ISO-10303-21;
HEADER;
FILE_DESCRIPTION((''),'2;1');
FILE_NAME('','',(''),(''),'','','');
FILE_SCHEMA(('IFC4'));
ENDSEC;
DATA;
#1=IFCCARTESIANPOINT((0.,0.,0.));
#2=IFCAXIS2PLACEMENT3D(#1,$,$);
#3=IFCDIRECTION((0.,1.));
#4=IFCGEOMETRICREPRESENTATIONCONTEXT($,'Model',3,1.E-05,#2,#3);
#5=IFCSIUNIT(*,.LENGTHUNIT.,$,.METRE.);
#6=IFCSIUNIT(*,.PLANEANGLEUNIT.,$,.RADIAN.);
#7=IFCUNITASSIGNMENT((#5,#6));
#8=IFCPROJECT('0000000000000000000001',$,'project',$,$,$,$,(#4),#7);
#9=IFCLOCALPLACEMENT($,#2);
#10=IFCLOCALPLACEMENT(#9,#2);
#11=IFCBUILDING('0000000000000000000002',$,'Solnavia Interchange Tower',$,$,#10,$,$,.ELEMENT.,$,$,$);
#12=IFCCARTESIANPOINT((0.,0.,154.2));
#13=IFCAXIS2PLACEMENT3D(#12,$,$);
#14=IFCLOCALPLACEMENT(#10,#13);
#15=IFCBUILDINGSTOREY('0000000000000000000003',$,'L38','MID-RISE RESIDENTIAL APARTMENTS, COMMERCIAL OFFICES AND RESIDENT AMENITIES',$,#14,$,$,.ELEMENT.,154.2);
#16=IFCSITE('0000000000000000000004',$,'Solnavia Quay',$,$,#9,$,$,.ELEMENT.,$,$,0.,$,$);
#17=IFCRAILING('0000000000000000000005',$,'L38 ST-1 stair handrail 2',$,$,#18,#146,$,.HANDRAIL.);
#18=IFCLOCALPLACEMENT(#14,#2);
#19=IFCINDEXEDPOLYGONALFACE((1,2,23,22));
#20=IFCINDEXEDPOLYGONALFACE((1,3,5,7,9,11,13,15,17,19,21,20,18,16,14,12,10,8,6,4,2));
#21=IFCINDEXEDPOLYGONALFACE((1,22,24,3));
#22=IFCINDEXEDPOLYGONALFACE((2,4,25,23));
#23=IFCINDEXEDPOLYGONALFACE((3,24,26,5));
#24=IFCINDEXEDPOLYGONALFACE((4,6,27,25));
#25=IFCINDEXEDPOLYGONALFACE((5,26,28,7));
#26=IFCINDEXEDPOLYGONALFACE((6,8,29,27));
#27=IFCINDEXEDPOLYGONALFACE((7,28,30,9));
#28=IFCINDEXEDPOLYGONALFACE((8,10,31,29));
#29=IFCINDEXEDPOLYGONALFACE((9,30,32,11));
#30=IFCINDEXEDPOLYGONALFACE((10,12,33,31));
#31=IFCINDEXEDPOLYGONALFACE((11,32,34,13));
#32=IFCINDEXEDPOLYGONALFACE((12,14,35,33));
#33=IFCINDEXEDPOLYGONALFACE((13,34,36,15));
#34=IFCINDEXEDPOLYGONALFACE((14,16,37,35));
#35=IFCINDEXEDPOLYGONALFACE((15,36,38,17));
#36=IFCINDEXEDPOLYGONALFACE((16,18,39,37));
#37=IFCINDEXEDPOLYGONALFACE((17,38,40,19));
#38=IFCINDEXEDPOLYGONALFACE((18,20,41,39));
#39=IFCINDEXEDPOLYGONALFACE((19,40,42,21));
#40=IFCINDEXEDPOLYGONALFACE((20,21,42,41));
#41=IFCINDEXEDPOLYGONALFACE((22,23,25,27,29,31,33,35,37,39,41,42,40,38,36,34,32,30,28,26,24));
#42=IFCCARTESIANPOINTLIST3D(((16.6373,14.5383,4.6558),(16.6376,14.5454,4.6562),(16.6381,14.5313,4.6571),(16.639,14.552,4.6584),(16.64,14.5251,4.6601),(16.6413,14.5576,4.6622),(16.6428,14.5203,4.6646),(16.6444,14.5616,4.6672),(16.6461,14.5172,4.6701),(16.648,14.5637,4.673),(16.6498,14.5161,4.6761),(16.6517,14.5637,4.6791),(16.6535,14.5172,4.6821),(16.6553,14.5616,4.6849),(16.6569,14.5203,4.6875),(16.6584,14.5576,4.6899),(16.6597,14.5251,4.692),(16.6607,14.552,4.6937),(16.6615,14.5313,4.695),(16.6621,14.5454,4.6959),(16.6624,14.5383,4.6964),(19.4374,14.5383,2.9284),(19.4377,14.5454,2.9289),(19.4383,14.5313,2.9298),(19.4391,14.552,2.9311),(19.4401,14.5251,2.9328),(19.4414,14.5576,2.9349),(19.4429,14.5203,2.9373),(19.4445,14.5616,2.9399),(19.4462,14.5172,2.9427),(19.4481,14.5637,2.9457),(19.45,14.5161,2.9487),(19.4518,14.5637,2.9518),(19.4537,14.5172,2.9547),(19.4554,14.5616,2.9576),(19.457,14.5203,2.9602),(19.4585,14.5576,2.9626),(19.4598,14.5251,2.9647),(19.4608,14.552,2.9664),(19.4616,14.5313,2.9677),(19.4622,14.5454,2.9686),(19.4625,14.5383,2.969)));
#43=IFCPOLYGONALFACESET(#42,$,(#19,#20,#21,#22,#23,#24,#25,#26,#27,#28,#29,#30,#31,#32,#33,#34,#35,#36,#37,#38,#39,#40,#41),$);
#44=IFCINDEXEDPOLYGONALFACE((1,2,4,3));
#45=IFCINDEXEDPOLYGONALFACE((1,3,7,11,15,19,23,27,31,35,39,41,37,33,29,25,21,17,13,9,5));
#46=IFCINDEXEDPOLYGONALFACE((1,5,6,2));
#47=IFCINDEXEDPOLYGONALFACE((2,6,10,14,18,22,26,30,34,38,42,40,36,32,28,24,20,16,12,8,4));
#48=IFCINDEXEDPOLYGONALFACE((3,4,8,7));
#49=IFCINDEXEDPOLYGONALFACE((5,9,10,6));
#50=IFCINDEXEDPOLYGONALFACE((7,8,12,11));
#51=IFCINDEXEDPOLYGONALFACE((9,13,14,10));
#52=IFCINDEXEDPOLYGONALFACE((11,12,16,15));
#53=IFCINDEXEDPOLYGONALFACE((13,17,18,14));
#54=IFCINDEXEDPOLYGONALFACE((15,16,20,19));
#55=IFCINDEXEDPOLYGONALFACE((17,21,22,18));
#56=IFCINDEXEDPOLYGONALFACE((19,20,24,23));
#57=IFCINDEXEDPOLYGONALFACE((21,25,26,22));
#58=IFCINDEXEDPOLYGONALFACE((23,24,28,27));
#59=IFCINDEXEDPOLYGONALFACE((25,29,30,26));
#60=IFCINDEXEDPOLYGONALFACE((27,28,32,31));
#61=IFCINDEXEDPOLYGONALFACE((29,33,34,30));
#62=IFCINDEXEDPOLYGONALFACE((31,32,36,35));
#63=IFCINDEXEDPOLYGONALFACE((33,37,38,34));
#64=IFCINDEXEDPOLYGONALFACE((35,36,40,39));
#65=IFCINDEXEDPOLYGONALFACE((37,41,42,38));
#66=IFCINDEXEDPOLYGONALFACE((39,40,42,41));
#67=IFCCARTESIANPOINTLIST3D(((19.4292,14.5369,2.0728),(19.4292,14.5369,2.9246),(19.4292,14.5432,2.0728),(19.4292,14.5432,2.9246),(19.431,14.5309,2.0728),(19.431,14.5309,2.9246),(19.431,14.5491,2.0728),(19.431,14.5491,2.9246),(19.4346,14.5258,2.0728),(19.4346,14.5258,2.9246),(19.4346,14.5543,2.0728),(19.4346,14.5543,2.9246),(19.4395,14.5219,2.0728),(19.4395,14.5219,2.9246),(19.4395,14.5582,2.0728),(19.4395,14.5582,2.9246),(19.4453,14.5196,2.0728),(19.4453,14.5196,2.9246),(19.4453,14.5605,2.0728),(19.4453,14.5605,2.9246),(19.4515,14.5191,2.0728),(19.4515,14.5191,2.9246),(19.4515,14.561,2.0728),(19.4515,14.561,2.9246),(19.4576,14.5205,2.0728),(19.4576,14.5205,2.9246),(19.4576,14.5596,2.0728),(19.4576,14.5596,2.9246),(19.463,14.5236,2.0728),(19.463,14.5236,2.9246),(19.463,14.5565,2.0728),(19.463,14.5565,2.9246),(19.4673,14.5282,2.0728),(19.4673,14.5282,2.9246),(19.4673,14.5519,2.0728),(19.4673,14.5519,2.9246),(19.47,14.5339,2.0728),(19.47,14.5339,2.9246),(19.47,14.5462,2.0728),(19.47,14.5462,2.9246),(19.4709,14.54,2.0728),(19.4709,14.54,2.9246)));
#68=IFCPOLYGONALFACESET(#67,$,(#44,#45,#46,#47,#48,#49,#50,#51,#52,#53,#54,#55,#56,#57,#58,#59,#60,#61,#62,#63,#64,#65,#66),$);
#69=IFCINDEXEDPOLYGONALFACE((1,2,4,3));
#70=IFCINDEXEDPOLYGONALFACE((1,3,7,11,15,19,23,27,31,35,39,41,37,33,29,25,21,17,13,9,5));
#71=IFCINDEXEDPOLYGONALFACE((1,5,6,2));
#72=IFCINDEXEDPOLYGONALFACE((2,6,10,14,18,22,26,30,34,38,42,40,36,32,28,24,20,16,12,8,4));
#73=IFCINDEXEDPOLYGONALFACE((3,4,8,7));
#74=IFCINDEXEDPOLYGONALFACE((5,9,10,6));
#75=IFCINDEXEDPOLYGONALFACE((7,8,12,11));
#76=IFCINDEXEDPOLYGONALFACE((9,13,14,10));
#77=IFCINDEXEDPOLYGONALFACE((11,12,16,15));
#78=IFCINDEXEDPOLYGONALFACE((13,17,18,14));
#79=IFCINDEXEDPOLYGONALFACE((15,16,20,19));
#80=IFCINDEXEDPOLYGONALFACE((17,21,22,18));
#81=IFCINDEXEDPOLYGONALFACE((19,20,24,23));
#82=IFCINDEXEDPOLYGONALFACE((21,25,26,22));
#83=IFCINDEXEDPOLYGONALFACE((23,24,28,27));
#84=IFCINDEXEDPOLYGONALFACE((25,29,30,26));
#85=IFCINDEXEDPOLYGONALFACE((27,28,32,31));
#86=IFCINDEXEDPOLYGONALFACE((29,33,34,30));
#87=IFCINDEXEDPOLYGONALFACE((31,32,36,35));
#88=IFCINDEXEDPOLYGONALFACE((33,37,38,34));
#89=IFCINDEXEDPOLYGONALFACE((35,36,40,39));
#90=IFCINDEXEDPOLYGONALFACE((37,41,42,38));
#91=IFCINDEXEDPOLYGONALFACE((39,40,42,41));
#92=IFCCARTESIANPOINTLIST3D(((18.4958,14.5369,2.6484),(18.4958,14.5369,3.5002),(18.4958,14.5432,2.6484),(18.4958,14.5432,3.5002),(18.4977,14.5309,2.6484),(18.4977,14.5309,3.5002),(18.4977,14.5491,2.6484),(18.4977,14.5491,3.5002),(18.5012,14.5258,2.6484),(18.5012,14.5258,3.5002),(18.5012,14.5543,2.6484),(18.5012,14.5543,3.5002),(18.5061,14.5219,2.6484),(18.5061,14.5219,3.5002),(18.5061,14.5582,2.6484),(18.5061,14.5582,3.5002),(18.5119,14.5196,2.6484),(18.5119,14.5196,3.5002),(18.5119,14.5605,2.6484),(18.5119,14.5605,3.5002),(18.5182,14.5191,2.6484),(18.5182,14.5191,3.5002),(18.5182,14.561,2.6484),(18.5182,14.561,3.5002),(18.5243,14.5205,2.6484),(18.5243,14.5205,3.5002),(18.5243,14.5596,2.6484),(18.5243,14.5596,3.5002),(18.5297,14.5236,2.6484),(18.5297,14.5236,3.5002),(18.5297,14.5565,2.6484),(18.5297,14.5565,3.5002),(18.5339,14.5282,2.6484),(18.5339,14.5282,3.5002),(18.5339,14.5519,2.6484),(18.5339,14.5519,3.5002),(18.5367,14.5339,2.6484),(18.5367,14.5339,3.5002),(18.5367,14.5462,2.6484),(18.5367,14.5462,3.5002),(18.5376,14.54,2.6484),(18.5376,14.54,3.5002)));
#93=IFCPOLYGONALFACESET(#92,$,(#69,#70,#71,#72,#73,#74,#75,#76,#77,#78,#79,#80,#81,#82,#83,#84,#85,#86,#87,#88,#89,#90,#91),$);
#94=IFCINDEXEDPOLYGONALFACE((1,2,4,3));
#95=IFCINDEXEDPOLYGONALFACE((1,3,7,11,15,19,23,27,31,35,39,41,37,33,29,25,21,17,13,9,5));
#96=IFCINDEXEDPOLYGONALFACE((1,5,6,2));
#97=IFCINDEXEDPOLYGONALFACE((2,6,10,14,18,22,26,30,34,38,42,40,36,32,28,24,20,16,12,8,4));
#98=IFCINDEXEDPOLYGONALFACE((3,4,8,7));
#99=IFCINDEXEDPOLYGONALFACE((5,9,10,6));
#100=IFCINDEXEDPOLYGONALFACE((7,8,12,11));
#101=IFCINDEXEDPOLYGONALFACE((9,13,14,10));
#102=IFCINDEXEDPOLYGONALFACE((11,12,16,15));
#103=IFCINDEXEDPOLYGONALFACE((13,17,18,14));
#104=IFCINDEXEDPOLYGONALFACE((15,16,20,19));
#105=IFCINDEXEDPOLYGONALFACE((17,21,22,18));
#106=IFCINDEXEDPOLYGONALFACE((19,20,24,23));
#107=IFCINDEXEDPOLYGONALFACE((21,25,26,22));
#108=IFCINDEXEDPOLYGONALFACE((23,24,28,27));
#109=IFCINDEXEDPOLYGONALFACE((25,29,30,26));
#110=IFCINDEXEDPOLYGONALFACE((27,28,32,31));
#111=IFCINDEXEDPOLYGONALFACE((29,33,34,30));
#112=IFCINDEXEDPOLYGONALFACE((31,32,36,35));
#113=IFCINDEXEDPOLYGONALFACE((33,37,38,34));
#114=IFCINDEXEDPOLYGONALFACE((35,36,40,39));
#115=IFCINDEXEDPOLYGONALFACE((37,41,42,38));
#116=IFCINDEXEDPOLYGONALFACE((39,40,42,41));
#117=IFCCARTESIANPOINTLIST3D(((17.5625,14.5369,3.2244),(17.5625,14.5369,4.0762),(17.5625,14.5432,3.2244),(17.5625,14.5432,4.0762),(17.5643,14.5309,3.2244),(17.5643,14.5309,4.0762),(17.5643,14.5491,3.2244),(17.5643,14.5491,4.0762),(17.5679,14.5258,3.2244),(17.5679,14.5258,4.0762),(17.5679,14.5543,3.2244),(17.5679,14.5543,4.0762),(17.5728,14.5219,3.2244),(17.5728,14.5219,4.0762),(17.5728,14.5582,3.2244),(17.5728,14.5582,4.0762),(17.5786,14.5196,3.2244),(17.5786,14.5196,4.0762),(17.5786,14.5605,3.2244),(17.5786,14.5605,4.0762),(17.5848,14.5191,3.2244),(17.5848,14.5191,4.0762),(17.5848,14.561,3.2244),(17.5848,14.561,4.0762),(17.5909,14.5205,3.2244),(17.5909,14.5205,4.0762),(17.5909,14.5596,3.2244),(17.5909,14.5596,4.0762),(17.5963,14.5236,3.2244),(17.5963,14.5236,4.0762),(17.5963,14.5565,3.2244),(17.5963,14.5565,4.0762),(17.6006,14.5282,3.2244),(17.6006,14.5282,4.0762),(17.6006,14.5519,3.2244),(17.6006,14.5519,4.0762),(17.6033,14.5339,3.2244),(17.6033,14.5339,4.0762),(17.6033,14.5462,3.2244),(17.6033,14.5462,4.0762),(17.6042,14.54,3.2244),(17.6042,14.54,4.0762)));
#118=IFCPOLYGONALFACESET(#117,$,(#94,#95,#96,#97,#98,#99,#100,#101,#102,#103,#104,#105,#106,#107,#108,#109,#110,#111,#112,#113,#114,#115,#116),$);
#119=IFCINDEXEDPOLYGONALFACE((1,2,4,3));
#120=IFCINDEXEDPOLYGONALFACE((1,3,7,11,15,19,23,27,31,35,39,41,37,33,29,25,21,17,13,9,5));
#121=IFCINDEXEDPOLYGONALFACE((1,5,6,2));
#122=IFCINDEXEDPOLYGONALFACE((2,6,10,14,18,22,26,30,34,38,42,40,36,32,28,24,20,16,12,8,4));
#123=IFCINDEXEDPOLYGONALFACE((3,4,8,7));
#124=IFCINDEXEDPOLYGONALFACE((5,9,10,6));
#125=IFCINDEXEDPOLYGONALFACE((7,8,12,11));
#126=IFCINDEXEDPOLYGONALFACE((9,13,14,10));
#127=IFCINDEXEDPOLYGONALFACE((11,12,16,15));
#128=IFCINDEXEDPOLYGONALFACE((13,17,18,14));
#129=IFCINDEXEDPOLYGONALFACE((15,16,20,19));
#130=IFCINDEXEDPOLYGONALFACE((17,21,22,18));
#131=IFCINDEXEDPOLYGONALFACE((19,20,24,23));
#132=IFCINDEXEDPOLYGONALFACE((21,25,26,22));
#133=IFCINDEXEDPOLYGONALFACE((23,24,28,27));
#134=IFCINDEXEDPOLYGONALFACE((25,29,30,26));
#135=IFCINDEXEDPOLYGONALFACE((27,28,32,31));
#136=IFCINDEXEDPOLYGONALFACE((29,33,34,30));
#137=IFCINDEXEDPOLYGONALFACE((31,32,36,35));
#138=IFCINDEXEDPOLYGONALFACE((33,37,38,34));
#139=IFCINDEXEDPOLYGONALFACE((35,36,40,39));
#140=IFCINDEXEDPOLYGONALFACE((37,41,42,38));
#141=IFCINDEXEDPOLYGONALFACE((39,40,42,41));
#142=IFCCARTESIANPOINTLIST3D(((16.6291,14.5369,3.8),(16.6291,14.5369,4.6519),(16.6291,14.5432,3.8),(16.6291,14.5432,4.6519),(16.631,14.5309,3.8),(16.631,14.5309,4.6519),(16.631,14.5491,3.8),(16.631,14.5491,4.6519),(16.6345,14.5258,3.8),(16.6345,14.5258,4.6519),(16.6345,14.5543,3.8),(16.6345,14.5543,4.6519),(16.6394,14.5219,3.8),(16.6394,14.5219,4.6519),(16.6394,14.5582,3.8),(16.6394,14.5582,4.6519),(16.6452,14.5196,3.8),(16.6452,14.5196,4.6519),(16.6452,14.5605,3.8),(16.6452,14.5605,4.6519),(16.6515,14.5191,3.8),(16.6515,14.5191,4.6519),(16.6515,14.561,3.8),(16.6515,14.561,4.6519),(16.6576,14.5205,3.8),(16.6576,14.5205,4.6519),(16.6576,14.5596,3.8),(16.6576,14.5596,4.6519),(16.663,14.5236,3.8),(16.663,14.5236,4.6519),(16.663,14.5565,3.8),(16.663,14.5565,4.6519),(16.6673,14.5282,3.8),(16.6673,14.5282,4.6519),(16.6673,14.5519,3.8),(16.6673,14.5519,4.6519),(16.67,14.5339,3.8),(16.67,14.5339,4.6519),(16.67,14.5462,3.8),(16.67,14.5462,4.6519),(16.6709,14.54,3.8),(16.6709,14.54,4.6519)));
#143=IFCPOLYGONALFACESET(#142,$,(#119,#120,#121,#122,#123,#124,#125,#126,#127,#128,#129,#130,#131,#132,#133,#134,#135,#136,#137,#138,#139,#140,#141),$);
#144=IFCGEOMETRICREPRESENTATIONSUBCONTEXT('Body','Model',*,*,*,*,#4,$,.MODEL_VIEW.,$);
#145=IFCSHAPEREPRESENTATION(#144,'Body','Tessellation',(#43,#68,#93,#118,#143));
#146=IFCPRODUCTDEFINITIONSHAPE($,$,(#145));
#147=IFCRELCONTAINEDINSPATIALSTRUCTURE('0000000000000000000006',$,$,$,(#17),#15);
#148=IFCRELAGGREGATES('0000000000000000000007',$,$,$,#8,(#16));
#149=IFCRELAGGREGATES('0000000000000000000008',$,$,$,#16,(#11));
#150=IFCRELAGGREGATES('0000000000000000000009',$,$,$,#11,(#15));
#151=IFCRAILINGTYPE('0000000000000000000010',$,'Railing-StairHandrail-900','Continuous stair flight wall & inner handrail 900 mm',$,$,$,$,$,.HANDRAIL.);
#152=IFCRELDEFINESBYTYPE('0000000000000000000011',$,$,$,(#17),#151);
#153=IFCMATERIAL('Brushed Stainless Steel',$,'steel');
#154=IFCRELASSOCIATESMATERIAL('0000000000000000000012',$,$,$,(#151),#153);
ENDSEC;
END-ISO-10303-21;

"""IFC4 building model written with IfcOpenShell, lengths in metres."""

from ifc_helpers import new_model, si_unit, direction, frame, origin, origin_2d, place, context, subcontext, project, spatial, circle, extrude, material, type_object, element, save


model = new_model("IFC4")

# Units and contexts
model_context = context("Model", 3, precision=1e-05, world=origin(), true_north=direction((0.0, 1.0)))
body_context = subcontext(model_context, "Body", "Model", "MODEL_VIEW")
ifc_project = project(units=[si_unit("LENGTHUNIT", "METRE"), si_unit("PLANEANGLEUNIT", "RADIAN")], contexts=[model_context])

# Site, building, storey
site_placement = place(None, origin())
site = spatial("IfcSite", under=ifc_project, at=site_placement, Name="Solnavia Quay", CompositionType="ELEMENT", RefElevation=0.0)
building_placement = place(site_placement, origin())
building = spatial("IfcBuilding", under=site, at=building_placement, Name="Solnavia Interchange Tower", CompositionType="ELEMENT")
storey_placement = place(building_placement, frame((0.0, 0.0, 154.2)))
storey = spatial("IfcBuildingStorey", under=building, at=storey_placement, Name="L38", Description="MID-RISE RESIDENTIAL APARTMENTS, COMMERCIAL OFFICES AND RESIDENT AMENITIES", CompositionType="ELEMENT", Elevation=154.2)

# Railing
ifc_material_1 = material(Name="Brushed Stainless Steel", Category="steel")
railing_type_1 = type_object("IfcRailingType", Name="Railing-StairHandrail-900", Description="Continuous stair flight wall & inner handrail 900 mm", PredefinedType="HANDRAIL", material=ifc_material_1)
railing_1_placement = place(storey_placement, frame((19.45, 14.54, 2.0728)))
element("IfcRailing", 1, at=railing_1_placement, inside=storey, type_object=railing_type_1, Name="L38 ST-1 stair handrail 2", PredefinedType="HANDRAIL", context=body_context, shape_type="SweptSolid", body=[
    extrude(circle(Radius=0.0239, at=origin_2d()), frame((0.0, 0.0, 0.876), z_axis=(-0.85109, 0.0, 0.52502), x_axis=(0.0, -1.0, 0.0)), (0.0, 0.0, 1.0), 3.29),
    extrude(circle(Radius=0.021, at=origin_2d()), origin(), (0.0, 0.0, 1.0), 0.8518),
    extrude(circle(Radius=0.021, at=origin_2d()), frame((-0.9333, 0.0, 0.5757)), (0.0, 0.0, 1.0), 0.8518),
    extrude(circle(Radius=0.021, at=origin_2d()), frame((-1.8667, 0.0, 1.1516)), (0.0, 0.0, 1.0), 0.8518),
    extrude(circle(Radius=0.021, at=origin_2d()), frame((-2.8, 0.0, 1.7273)), (0.0, 0.0, 1.0), 0.8518),
])

save(model, "model.ifc")
